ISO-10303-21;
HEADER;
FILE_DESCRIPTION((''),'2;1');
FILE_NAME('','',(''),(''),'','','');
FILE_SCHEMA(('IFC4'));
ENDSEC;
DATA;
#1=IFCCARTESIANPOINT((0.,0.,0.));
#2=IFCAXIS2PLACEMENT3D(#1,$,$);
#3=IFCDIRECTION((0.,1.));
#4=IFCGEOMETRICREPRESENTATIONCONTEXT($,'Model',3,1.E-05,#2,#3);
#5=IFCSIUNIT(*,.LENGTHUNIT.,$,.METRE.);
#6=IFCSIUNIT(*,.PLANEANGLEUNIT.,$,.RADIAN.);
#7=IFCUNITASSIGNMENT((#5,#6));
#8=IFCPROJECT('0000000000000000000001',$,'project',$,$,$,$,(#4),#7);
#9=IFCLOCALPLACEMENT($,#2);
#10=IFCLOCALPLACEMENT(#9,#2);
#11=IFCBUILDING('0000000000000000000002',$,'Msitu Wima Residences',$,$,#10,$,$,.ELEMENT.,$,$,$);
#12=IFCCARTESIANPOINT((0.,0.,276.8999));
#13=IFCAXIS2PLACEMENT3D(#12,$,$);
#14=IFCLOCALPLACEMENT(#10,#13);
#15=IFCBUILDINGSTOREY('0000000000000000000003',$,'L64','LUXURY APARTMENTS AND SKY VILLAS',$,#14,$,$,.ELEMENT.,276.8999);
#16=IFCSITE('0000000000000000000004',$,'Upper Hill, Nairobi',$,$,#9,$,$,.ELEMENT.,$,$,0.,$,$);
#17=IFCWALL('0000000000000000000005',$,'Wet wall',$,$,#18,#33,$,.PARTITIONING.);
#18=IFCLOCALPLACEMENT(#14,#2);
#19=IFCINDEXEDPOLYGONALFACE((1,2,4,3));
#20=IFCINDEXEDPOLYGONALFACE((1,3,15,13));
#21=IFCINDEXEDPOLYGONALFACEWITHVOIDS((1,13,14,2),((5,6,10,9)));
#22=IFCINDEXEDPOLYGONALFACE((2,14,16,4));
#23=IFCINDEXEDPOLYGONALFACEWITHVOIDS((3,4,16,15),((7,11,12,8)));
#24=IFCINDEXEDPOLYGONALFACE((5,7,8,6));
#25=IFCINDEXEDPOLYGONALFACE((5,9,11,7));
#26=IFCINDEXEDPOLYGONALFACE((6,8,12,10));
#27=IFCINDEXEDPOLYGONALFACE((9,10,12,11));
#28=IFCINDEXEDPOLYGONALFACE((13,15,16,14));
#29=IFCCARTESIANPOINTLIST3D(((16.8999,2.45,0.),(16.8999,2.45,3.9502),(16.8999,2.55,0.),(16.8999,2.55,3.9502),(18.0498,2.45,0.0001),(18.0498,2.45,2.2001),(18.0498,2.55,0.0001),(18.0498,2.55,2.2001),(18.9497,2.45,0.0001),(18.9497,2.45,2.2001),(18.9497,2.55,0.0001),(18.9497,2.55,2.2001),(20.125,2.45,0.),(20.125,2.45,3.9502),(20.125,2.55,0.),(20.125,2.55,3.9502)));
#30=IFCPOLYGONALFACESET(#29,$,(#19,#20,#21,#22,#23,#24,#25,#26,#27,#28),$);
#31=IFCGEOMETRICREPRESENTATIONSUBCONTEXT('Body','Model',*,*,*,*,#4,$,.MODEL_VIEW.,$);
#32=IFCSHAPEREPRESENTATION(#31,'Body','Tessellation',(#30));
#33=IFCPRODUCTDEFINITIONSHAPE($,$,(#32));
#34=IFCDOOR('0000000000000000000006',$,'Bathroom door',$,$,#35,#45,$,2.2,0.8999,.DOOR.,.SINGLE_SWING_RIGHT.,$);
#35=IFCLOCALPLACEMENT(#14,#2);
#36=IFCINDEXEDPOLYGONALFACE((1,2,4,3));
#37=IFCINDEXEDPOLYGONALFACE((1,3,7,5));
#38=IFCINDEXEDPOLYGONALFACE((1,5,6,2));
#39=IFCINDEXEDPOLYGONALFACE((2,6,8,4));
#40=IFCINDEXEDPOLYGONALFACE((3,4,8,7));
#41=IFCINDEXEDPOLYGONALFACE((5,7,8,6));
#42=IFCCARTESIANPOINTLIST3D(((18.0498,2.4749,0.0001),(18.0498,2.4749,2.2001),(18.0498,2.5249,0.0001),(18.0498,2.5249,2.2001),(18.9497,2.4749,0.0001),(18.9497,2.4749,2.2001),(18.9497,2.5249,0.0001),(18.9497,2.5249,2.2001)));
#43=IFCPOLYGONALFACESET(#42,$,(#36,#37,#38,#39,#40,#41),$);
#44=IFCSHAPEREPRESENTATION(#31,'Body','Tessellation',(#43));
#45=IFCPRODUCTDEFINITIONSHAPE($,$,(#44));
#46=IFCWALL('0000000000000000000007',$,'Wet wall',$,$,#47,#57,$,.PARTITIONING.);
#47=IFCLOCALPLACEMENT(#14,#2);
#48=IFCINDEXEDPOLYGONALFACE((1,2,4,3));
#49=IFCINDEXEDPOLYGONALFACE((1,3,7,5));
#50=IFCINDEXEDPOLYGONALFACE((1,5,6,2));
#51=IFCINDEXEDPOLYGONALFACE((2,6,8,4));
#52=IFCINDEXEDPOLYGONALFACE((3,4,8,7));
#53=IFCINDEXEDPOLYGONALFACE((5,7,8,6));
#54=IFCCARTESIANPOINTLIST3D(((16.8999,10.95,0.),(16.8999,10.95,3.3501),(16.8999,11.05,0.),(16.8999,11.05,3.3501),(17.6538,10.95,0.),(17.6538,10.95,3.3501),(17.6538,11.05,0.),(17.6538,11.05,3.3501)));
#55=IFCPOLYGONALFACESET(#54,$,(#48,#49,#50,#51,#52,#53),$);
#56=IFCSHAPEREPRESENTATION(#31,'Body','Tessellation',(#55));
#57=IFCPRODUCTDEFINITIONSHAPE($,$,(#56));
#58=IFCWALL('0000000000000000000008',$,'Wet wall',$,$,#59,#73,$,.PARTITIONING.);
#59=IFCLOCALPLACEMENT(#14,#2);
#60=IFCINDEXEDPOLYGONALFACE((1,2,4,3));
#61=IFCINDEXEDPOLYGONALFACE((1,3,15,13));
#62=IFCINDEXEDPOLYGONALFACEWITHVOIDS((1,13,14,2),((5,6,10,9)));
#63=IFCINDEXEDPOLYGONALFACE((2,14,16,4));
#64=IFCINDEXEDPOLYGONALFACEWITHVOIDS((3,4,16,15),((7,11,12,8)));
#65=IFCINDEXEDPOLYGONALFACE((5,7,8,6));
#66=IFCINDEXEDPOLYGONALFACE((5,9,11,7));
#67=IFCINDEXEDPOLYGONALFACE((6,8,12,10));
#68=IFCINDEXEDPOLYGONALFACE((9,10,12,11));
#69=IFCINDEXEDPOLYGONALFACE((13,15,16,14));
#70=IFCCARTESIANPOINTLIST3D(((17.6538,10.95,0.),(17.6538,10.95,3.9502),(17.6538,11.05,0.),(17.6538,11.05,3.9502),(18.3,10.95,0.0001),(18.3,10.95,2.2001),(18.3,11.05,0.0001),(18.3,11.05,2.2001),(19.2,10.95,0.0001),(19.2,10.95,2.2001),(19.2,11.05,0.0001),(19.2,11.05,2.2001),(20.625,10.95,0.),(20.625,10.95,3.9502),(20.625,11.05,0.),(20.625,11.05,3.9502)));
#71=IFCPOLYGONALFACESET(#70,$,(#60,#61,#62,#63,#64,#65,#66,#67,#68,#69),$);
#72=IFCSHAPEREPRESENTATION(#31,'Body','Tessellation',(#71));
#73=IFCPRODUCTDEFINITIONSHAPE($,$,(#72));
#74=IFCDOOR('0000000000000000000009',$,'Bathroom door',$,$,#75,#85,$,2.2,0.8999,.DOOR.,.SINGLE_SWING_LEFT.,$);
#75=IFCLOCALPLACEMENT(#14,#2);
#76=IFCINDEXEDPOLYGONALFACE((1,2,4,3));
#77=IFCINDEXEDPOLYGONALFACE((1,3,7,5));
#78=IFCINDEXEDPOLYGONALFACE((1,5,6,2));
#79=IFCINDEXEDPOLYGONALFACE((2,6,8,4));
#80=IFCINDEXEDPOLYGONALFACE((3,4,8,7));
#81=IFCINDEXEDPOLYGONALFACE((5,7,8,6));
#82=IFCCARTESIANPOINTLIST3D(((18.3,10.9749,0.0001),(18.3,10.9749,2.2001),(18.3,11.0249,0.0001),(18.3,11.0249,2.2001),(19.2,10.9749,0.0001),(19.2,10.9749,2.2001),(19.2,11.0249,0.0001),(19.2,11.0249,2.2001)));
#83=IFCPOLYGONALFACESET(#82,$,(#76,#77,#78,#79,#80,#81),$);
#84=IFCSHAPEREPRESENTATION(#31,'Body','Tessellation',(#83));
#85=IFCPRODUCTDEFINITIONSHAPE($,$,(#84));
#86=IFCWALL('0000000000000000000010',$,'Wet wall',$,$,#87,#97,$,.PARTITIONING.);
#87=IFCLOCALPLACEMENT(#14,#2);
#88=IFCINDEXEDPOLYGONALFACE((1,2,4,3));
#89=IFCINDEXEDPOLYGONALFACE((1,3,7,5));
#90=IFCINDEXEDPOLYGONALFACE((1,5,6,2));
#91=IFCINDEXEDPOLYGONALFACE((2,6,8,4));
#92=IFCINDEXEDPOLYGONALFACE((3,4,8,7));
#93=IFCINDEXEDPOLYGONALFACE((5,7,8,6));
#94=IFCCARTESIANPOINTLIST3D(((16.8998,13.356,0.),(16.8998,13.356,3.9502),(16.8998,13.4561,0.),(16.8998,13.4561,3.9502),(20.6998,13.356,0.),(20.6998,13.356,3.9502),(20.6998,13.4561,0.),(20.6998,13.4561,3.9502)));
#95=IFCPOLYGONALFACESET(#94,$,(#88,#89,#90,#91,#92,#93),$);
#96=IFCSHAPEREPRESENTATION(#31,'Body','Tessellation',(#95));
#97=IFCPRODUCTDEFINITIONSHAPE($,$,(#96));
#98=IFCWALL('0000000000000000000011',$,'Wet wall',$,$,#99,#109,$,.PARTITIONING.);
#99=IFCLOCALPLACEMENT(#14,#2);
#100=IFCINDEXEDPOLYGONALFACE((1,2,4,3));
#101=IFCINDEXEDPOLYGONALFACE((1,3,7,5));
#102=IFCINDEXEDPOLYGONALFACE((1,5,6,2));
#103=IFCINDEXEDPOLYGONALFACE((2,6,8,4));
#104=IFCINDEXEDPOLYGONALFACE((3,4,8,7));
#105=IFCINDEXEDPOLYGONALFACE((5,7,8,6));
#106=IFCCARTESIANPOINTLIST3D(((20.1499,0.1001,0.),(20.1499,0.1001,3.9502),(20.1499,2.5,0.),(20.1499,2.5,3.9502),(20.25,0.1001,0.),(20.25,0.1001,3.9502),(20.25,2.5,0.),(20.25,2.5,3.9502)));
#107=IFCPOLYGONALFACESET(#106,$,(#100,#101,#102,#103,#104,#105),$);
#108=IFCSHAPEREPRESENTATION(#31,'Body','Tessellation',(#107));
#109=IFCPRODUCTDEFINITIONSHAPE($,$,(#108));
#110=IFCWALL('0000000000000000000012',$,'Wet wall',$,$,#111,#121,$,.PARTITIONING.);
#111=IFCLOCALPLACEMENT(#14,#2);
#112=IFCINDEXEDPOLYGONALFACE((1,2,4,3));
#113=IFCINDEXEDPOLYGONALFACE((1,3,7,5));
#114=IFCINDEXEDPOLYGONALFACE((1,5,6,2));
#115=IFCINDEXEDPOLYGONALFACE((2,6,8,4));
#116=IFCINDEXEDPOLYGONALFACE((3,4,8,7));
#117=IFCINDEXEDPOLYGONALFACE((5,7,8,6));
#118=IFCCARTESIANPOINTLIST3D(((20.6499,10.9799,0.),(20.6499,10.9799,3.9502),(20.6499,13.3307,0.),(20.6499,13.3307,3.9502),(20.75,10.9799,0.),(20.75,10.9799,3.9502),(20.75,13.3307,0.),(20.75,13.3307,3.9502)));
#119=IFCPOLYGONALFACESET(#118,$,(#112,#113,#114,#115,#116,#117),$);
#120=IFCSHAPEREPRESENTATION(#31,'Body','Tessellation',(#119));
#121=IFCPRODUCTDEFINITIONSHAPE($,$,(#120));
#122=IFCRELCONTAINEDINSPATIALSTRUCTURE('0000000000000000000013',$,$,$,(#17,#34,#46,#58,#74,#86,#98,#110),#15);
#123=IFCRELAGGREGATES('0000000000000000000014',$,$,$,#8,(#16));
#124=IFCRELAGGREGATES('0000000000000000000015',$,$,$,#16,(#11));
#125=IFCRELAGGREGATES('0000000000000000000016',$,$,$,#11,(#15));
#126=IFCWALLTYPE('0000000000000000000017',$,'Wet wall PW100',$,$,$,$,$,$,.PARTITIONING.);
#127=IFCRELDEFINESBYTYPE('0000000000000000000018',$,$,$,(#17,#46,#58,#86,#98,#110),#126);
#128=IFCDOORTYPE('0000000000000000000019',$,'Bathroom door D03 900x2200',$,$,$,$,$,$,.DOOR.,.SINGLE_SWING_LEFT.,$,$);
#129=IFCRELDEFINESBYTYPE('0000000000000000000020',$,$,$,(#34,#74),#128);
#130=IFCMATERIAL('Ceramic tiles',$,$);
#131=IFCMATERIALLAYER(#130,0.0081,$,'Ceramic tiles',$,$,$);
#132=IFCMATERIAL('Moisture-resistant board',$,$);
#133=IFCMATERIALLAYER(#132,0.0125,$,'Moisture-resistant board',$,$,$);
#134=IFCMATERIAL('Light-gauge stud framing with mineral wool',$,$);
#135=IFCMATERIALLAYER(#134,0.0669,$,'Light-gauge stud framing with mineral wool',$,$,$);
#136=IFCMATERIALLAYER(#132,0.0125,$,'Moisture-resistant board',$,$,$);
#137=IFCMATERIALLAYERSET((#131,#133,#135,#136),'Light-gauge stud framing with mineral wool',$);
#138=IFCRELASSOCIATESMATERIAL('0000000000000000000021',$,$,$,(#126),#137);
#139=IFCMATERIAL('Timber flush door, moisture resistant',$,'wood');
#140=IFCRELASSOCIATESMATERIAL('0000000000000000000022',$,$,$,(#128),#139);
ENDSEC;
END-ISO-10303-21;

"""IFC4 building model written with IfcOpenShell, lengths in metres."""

from ifc_helpers import new_model, si_unit, direction, frame, frame_2d, origin, place, context, subcontext, project, spatial, rectangle, extrude, material, layer, layer_set, type_object, element, fill, save


model = new_model("IFC4")

# Units and contexts
model_context = context("Model", 3, precision=1e-05, world=origin(), true_north=direction((0.0, 1.0)))
body_context = subcontext(model_context, "Body", "Model", "MODEL_VIEW")
ifc_project = project(units=[si_unit("LENGTHUNIT", "METRE"), si_unit("PLANEANGLEUNIT", "RADIAN")], contexts=[model_context])

# Site, building, storey
site_placement = place(None, origin())
site = spatial("IfcSite", under=ifc_project, at=site_placement, Name="Upper Hill, Nairobi", CompositionType="ELEMENT", RefElevation=0.0)
building_placement = place(site_placement, origin())
building = spatial("IfcBuilding", under=site, at=building_placement, Name="Msitu Wima Residences", CompositionType="ELEMENT")
storey_placement = place(building_placement, frame((0.0, 0.0, 276.8999)))
storey = spatial("IfcBuildingStorey", under=building, at=storey_placement, Name="L64", Description="LUXURY APARTMENTS AND SKY VILLAS", CompositionType="ELEMENT", Elevation=276.8999)

# Wall, opening, door
ifc_material_1 = material(Name="Ceramic tiles")
ifc_layer_1 = layer(ifc_material_1, 0.0081, Name="Ceramic tiles")
ifc_material_2 = material(Name="Moisture-resistant board")
ifc_layer_2 = layer(ifc_material_2, 0.0125, Name="Moisture-resistant board")
ifc_material_3 = material(Name="Light-gauge stud framing with mineral wool")
ifc_layer_3 = layer(ifc_material_3, 0.0669, Name="Light-gauge stud framing with mineral wool")
ifc_layer_4 = layer(ifc_material_2, 0.0125, Name="Moisture-resistant board")
ifc_layer_set_1 = layer_set([ifc_layer_1, ifc_layer_2, ifc_layer_3, ifc_layer_4], Name="Light-gauge stud framing with mineral wool")
wall_type_1 = type_object("IfcWallType", Name="Wet wall PW100", PredefinedType="PARTITIONING", material=ifc_layer_set_1)
wall_1_placement = place(storey_placement, frame((16.8999, 2.5, 0.0), z_axis=(0.0, 0.0, 1.0), x_axis=(1.0, 0.0, 0.0)))
wall_1 = element("IfcWall", 1, at=wall_1_placement, inside=storey, type_object=wall_type_1, Name="Wet wall", PredefinedType="PARTITIONING", context=body_context, shape_type="SweptSolid", body=[
    extrude(rectangle(XDim=3.2251, YDim=0.1001, at=frame_2d((1.6125, 0.0))), origin(), (0.0, 0.0, 1.0), 3.9502),
])
opening_1_placement = place(wall_1_placement, frame((1.1499, 0.0, 0.0)))
opening_1 = element("IfcOpeningElement", 2, at=opening_1_placement, cuts=wall_1, PredefinedType="OPENING", context=body_context, shape_type="SweptSolid", body=[
    extrude(rectangle(XDim=0.8999, YDim=2.2, at=frame_2d((0.45, 1.1001))), frame((0.0, 0.0601, 0.0), z_axis=(0.0, -1.0, 0.0), x_axis=(1.0, 0.0, 0.0)), (0.0, 0.0, 1.0), 0.1201),
])
ifc_material_4 = material(Name="Timber flush door, moisture resistant", Category="wood")
door_type_1 = type_object("IfcDoorType", Name="Bathroom door D03 900x2200", OperationType="SINGLE_SWING_LEFT", PredefinedType="DOOR", material=ifc_material_4)
door_1_placement = place(opening_1_placement, origin())
door_1 = element("IfcDoor", 3, at=door_1_placement, inside=storey, type_object=door_type_1, Name="Bathroom door", OperationType="SINGLE_SWING_RIGHT", OverallHeight=2.2, OverallWidth=0.8999, PredefinedType="DOOR", context=body_context, shape_type="SweptSolid", body=[
    extrude(rectangle(XDim=0.8999, YDim=2.2, at=frame_2d((0.45, 1.1001))), frame((0.0, 0.0249, 0.0), z_axis=(0.0, -1.0, 0.0), x_axis=(1.0, 0.0, 0.0)), (0.0, 0.0, 1.0), 0.05),
])
fill(opening_1, door_1)

# Wall
wall_2_placement = place(storey_placement, frame((16.8999, 11.0, 0.0), z_axis=(0.0, 0.0, 1.0), x_axis=(1.0, 0.0, 0.0)))
element("IfcWall", 4, at=wall_2_placement, inside=storey, type_object=wall_type_1, Name="Wet wall", PredefinedType="PARTITIONING", context=body_context, shape_type="SweptSolid", body=[
    extrude(rectangle(XDim=0.7539, YDim=0.1001, at=frame_2d((0.377, 0.0))), origin(), (0.0, 0.0, 1.0), 3.3501),
])

# Wall, opening, door
wall_3_placement = place(storey_placement, frame((17.6538, 11.0, 0.0), z_axis=(0.0, 0.0, 1.0), x_axis=(1.0, 0.0, 0.0)))
wall_3 = element("IfcWall", 5, at=wall_3_placement, inside=storey, type_object=wall_type_1, Name="Wet wall", PredefinedType="PARTITIONING", context=body_context, shape_type="SweptSolid", body=[
    extrude(rectangle(XDim=2.9712, YDim=0.1001, at=frame_2d((1.4856, 0.0))), origin(), (0.0, 0.0, 1.0), 3.9502),
])
opening_2_placement = place(wall_3_placement, frame((0.6462, 0.0, 0.0)))
opening_2 = element("IfcOpeningElement", 6, at=opening_2_placement, cuts=wall_3, PredefinedType="OPENING", context=body_context, shape_type="SweptSolid", body=[
    extrude(rectangle(XDim=0.8999, YDim=2.2, at=frame_2d((0.45, 1.1001))), frame((0.0, 0.0601, 0.0), z_axis=(0.0, -1.0, 0.0), x_axis=(1.0, 0.0, 0.0)), (0.0, 0.0, 1.0), 0.1201),
])
door_2_placement = place(opening_2_placement, origin())
door_2 = element("IfcDoor", 7, at=door_2_placement, inside=storey, type_object=door_type_1, Name="Bathroom door", OperationType="SINGLE_SWING_LEFT", OverallHeight=2.2, OverallWidth=0.8999, PredefinedType="DOOR", context=body_context, shape_type="SweptSolid", body=[
    extrude(rectangle(XDim=0.8999, YDim=2.2, at=frame_2d((0.45, 1.1001))), frame((0.0, 0.0249, 0.0), z_axis=(0.0, -1.0, 0.0), x_axis=(1.0, 0.0, 0.0)), (0.0, 0.0, 1.0), 0.05),
])
fill(opening_2, door_2)

# Walls
wall_4_placement = place(storey_placement, frame((16.8999, 13.406, 0.0), z_axis=(0.0, 0.0, 1.0), x_axis=(1.0, 0.0, 0.0)))
element("IfcWall", 8, at=wall_4_placement, inside=storey, type_object=wall_type_1, Name="Wet wall", PredefinedType="PARTITIONING", context=body_context, shape_type="SweptSolid", body=[
    extrude(rectangle(XDim=3.8, YDim=0.1001, at=frame_2d((1.8999, 0.0))), origin(), (0.0, 0.0, 1.0), 3.9502),
])
wall_5_placement = place(storey_placement, frame((20.2, 0.1001, 0.0), z_axis=(0.0, 0.0, 1.0), x_axis=(0.0, 1.0, 0.0)))
element("IfcWall", 9, at=wall_5_placement, inside=storey, type_object=wall_type_1, Name="Wet wall", PredefinedType="PARTITIONING", context=body_context, shape_type="SweptSolid", body=[
    extrude(rectangle(XDim=2.3999, YDim=0.1001, at=frame_2d((1.2, 0.0))), origin(), (0.0, 0.0, 1.0), 3.9502),
])
wall_6_placement = place(storey_placement, frame((20.7, 10.98, 0.0), z_axis=(0.0, 0.0, 1.0), x_axis=(0.0, 1.0, 0.0)))
element("IfcWall", 10, at=wall_6_placement, inside=storey, type_object=wall_type_1, Name="Wet wall", PredefinedType="PARTITIONING", context=body_context, shape_type="SweptSolid", body=[
    extrude(rectangle(XDim=2.3508, YDim=0.1001, at=frame_2d((1.1753, 0.0))), origin(), (0.0, 0.0, 1.0), 3.9502),
])

save(model, "model.ifc")
